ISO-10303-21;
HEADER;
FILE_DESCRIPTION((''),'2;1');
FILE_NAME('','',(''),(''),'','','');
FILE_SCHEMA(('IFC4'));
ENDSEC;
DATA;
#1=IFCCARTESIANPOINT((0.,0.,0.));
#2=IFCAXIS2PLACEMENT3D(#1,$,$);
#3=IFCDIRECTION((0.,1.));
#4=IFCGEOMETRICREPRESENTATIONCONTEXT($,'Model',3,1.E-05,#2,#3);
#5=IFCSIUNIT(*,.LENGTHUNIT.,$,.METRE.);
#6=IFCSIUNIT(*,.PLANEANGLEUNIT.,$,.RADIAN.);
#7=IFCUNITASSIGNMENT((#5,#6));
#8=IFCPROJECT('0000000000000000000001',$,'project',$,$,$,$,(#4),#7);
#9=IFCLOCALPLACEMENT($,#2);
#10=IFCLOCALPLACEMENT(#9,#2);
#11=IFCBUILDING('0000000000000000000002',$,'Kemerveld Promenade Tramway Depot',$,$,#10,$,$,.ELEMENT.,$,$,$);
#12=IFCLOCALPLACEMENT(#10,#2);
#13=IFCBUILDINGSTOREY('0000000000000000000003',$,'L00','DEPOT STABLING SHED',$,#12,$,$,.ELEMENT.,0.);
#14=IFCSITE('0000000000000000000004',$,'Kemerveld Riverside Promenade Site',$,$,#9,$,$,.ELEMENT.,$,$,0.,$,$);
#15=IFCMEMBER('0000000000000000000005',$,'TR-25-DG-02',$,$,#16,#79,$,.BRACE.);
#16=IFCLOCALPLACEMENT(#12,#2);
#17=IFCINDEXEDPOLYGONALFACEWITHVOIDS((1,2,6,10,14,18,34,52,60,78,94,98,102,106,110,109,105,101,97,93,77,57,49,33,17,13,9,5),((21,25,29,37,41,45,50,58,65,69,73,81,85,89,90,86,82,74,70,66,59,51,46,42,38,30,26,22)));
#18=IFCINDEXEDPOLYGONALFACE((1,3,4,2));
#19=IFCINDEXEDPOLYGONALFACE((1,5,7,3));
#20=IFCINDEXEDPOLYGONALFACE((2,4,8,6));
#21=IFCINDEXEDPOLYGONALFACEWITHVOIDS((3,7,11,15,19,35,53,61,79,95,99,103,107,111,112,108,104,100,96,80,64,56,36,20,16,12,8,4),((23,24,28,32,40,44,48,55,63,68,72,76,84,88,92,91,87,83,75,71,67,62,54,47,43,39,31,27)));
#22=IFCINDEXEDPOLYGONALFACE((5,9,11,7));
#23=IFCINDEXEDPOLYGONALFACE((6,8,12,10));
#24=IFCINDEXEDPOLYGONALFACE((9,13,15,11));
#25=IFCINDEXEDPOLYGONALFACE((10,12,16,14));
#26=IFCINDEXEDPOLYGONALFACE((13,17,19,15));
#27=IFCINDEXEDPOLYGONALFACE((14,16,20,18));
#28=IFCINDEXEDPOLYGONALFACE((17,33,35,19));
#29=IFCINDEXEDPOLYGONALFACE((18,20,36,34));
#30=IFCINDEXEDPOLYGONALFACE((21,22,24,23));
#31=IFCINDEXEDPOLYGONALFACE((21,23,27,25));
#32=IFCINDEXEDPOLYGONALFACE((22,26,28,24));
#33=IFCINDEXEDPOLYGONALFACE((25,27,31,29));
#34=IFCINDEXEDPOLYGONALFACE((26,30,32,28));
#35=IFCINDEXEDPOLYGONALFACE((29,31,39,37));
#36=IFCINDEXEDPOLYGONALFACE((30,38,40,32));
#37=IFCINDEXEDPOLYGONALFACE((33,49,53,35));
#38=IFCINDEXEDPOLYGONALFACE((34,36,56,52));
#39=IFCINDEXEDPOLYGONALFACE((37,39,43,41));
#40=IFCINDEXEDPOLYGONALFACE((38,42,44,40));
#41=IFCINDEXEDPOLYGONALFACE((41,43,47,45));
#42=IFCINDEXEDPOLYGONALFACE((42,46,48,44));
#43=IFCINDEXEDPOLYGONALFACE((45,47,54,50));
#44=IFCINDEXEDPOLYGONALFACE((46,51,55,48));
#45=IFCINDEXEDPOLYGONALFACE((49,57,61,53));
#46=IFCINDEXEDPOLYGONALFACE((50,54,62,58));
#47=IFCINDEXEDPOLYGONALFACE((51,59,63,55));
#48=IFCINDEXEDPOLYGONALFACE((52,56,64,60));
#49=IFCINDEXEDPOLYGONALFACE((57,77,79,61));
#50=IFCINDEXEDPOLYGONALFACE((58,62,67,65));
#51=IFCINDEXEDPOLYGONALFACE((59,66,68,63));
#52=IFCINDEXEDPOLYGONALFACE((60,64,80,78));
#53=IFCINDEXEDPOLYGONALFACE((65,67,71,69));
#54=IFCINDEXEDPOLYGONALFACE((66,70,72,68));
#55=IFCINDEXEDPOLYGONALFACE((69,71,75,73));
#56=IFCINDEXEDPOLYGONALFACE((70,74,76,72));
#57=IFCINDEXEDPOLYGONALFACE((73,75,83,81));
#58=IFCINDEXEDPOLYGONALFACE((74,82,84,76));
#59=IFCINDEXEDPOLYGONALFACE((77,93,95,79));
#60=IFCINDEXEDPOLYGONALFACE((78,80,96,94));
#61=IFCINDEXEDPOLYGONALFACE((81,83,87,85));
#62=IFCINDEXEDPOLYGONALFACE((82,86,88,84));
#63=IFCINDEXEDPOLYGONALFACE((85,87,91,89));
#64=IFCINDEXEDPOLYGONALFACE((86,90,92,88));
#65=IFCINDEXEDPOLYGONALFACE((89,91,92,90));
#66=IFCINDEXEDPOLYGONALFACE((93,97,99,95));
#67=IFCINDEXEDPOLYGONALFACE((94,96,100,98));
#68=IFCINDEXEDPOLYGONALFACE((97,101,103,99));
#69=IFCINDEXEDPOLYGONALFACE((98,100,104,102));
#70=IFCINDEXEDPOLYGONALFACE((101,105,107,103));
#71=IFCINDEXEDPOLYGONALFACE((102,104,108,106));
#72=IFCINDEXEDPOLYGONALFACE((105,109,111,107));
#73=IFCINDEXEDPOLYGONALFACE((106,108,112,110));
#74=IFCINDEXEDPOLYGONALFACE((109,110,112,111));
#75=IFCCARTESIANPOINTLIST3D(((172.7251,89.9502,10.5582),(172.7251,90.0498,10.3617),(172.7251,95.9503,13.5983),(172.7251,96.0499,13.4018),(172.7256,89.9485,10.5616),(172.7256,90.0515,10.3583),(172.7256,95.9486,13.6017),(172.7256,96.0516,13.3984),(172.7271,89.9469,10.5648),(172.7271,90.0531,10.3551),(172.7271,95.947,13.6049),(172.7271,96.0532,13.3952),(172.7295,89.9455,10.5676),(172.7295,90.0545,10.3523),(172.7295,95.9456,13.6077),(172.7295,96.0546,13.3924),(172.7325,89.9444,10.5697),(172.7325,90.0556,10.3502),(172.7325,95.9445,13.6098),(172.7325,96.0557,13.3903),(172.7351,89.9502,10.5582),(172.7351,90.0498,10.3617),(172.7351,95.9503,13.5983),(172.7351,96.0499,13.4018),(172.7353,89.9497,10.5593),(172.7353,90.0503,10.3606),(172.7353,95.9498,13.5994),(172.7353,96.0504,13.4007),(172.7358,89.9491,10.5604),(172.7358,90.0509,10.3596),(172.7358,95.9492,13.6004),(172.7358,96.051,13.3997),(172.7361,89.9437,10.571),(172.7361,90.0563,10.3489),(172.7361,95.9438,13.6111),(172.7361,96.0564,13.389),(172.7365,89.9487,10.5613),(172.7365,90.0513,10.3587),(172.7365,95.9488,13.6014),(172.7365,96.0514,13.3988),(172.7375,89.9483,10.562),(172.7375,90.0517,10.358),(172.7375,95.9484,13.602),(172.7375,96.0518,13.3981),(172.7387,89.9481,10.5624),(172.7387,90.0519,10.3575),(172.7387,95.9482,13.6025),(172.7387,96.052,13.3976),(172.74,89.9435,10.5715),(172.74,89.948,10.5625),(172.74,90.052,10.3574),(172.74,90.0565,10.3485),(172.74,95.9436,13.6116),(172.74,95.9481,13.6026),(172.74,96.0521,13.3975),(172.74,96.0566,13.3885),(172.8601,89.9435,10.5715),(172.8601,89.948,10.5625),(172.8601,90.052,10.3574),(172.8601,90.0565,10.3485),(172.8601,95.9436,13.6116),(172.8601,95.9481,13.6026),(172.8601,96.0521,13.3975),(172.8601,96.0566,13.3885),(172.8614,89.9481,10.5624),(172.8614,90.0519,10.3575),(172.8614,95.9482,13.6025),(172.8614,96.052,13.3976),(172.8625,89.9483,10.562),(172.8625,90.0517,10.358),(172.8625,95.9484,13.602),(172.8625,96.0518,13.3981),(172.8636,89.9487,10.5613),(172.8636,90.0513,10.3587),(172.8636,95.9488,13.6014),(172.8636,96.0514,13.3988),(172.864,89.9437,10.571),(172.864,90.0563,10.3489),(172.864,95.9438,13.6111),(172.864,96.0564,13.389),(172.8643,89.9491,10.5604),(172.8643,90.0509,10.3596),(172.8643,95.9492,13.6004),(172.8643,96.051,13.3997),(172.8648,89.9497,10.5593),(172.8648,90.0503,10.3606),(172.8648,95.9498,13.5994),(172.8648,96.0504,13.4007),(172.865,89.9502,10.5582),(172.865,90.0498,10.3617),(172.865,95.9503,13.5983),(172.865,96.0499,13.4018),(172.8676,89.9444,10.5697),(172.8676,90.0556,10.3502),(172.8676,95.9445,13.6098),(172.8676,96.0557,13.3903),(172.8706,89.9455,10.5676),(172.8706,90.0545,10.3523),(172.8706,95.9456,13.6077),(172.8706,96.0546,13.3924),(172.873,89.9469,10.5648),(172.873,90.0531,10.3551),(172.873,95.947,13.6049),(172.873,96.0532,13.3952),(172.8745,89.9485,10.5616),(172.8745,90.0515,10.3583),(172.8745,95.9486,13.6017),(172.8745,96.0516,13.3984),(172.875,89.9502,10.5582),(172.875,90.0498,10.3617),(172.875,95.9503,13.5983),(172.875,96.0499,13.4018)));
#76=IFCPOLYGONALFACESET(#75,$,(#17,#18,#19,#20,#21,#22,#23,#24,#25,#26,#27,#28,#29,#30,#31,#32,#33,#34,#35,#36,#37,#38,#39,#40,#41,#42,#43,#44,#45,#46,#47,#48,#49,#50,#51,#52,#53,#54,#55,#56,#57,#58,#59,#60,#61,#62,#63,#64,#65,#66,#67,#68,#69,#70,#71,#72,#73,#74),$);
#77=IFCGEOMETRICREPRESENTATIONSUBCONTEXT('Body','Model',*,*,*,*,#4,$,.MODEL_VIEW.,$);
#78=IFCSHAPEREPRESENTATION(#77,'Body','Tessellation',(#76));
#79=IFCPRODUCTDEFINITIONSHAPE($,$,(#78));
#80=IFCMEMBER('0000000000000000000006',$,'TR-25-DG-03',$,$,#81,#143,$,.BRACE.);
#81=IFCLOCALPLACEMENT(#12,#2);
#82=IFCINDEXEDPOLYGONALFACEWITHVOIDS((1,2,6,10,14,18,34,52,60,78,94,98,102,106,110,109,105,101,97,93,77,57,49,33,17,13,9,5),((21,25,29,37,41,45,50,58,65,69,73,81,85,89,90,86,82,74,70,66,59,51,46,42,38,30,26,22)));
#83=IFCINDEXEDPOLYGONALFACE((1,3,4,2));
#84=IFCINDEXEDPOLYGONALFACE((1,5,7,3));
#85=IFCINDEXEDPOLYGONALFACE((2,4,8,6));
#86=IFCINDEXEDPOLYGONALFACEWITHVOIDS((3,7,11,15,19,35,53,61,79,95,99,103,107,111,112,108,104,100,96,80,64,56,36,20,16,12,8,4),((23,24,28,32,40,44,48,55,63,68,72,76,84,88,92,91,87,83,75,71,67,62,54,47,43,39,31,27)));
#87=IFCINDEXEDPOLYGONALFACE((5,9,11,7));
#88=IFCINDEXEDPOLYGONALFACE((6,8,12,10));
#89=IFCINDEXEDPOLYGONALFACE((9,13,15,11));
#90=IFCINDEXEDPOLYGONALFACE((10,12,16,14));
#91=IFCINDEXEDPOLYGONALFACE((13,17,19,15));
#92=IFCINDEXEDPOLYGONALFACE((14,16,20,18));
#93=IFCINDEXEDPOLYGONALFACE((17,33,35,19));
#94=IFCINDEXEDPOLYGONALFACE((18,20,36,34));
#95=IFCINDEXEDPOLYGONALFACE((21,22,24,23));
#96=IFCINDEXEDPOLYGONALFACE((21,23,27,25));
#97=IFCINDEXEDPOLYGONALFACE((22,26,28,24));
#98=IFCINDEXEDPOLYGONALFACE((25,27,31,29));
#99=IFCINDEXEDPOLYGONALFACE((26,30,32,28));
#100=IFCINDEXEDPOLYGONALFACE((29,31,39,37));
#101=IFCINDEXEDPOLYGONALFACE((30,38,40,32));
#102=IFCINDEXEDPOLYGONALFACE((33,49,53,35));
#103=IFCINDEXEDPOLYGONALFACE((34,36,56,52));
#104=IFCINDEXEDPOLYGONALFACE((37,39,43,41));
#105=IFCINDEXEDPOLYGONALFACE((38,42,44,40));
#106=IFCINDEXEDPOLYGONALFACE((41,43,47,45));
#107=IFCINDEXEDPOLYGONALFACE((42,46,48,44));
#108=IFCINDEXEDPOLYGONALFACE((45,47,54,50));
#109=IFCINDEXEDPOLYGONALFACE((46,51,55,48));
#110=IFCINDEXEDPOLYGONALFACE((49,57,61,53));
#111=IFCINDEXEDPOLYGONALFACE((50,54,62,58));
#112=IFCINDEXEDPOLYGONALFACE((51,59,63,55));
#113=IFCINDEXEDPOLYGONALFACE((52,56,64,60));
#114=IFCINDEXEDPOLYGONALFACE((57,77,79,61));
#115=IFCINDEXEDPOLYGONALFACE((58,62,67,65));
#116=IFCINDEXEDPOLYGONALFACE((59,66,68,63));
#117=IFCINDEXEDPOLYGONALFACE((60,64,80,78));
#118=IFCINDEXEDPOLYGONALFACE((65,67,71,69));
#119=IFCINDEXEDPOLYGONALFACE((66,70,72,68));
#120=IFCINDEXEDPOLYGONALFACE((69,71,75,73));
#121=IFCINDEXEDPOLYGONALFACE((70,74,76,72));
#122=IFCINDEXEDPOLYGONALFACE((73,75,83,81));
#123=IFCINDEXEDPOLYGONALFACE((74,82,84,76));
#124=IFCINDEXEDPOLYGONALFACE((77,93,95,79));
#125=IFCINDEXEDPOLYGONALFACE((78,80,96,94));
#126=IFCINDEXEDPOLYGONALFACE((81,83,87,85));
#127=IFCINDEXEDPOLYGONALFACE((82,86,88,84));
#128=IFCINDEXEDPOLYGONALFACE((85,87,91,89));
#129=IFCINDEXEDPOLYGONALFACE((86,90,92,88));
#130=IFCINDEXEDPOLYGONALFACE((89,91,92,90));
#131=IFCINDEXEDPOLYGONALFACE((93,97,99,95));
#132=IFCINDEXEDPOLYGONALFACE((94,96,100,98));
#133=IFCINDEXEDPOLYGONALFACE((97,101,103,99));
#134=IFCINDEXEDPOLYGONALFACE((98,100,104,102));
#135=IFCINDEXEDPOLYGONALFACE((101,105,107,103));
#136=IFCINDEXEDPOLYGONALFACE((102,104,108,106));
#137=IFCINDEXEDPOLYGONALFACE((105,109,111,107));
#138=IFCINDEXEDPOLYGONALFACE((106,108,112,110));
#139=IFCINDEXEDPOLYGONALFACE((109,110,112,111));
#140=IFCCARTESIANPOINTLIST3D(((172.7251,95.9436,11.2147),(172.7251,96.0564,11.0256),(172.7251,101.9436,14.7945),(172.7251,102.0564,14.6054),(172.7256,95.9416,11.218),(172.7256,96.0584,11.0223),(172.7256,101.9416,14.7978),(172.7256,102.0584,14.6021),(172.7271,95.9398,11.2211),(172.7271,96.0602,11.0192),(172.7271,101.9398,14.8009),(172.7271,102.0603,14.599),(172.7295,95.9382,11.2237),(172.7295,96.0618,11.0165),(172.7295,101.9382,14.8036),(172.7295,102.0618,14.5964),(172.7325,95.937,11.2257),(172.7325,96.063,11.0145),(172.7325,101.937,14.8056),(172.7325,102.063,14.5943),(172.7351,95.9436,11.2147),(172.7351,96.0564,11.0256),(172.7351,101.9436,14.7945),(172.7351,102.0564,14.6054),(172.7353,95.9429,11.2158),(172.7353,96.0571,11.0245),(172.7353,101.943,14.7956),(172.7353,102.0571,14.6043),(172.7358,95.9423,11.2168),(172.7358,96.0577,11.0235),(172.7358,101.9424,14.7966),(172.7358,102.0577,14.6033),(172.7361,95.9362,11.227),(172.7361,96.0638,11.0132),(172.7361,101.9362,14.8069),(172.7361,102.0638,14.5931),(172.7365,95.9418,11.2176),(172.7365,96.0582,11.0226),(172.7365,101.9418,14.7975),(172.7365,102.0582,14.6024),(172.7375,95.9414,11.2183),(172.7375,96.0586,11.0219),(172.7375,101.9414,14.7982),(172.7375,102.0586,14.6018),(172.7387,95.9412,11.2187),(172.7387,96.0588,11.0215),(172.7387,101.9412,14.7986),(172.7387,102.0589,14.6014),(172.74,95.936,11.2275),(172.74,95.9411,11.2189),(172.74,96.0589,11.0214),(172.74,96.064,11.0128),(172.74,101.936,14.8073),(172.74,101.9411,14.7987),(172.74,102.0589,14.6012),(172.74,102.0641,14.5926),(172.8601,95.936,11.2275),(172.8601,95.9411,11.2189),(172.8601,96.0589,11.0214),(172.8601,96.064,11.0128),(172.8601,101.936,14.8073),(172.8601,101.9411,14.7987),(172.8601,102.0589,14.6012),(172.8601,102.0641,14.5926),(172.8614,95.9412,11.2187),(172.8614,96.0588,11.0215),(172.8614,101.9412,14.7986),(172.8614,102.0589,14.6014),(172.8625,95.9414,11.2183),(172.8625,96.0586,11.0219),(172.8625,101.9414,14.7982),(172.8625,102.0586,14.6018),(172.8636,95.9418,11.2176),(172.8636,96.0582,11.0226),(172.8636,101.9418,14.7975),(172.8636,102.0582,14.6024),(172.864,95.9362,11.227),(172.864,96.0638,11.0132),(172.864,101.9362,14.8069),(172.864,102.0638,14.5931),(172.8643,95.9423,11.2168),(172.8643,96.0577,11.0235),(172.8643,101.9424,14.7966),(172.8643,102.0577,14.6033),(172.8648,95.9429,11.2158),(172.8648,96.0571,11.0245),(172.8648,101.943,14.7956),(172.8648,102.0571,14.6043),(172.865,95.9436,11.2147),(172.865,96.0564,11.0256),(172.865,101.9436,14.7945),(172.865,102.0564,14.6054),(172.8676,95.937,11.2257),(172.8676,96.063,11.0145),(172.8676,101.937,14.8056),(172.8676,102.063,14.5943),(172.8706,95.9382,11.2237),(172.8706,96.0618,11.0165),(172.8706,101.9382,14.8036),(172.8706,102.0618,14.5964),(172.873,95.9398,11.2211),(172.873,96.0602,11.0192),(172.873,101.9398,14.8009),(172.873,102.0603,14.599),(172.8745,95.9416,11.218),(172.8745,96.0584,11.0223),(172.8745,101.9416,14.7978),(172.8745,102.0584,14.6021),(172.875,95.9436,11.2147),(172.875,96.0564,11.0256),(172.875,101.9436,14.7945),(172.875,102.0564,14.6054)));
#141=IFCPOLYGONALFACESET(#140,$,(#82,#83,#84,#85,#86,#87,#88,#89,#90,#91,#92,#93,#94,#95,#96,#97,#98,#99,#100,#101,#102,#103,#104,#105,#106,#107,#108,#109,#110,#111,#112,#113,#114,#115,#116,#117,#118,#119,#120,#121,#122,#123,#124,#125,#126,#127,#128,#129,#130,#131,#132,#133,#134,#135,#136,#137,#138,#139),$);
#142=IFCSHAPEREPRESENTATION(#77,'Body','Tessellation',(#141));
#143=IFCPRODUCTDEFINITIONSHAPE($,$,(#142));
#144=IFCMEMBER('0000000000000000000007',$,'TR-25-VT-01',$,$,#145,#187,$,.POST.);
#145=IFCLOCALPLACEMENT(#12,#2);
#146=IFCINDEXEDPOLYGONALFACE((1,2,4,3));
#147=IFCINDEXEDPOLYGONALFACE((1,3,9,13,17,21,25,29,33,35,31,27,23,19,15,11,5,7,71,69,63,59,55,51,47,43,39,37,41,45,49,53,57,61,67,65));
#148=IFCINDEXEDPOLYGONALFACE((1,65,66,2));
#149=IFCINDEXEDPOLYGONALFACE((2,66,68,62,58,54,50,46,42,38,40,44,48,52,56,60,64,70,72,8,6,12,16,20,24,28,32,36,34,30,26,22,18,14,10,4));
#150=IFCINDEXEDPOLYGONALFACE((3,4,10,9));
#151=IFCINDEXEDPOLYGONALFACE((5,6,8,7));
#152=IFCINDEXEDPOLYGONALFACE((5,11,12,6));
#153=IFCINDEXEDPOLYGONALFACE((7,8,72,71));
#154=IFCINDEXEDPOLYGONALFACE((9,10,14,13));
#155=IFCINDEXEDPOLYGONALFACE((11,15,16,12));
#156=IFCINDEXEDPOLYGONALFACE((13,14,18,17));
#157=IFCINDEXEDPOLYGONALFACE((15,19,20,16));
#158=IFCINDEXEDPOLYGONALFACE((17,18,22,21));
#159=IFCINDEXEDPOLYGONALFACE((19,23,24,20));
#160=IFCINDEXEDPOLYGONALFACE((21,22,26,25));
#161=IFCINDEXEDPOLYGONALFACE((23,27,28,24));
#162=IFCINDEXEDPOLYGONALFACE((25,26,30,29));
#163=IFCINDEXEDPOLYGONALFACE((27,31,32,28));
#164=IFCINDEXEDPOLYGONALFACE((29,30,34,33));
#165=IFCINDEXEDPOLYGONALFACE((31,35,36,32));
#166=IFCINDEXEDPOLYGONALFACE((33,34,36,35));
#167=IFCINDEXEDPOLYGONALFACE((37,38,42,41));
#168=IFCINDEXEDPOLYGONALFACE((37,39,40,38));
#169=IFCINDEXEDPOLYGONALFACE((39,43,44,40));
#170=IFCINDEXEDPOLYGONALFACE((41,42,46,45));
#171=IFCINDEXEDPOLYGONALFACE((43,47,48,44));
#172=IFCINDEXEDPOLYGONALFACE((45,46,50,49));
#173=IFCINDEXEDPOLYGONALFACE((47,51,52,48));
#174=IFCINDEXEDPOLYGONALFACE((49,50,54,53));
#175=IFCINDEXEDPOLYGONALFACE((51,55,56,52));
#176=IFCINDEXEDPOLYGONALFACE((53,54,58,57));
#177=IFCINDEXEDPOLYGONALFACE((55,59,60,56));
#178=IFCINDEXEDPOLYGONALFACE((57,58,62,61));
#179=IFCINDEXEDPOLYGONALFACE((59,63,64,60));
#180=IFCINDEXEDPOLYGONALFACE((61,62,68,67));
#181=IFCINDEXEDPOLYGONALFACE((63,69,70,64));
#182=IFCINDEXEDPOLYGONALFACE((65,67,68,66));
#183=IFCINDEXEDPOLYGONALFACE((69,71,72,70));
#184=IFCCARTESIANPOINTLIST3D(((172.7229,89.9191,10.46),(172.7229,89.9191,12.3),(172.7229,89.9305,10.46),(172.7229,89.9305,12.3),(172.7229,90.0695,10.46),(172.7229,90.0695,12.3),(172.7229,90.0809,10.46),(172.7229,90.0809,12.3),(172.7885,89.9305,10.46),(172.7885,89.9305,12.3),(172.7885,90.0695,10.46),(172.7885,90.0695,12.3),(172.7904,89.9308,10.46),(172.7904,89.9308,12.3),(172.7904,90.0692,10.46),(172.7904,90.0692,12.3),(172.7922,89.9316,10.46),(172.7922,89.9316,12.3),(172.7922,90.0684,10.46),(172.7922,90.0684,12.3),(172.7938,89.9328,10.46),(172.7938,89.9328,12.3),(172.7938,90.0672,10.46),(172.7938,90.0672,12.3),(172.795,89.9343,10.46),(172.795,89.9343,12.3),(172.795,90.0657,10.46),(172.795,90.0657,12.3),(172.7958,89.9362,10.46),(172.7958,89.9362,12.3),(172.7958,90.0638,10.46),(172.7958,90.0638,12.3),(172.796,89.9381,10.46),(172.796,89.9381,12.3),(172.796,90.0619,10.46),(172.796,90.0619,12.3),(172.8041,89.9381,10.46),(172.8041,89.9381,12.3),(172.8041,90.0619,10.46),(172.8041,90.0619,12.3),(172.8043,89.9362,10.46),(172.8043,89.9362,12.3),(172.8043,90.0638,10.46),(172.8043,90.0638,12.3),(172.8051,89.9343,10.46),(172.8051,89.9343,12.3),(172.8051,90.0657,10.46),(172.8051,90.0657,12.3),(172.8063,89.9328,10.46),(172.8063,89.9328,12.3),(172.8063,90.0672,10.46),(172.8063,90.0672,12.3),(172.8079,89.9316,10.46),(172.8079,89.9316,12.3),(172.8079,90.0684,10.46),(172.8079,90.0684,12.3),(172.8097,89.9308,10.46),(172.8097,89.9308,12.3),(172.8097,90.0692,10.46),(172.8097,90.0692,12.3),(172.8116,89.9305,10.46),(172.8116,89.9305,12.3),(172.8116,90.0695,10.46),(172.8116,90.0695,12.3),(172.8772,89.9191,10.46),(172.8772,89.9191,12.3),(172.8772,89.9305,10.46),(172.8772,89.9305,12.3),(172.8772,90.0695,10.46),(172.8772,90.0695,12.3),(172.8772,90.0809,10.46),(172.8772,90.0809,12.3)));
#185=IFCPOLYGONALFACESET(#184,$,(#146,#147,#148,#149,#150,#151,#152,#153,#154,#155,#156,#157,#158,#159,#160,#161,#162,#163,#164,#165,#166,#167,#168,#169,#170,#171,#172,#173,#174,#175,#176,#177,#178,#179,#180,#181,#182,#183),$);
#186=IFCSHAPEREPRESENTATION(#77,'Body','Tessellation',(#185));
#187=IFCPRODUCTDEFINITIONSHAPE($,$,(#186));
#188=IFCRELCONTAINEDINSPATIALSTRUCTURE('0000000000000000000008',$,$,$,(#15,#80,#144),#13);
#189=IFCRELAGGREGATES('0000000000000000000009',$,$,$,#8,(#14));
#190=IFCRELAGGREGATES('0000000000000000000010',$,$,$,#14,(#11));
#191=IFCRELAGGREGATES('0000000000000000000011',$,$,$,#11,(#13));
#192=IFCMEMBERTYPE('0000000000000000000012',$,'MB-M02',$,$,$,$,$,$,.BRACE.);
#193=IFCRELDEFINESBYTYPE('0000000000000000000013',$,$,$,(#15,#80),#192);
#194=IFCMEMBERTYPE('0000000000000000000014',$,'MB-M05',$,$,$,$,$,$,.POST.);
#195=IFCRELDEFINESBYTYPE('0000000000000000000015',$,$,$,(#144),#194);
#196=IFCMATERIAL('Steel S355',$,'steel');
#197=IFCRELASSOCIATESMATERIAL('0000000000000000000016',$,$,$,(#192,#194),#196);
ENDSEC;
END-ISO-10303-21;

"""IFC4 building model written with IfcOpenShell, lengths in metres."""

from ifc_helpers import new_model, si_unit, direction, frame, origin, origin_2d, place, context, subcontext, project, spatial, hollow_rectangle, i_section, extrude, material, material_profile, profile_set, type_object, element, save


model = new_model("IFC4")

# Units and contexts
model_context = context("Model", 3, precision=1e-05, world=origin(), true_north=direction((0.0, 1.0)))
body_context = subcontext(model_context, "Body", "Model", "MODEL_VIEW")
ifc_project = project(units=[si_unit("LENGTHUNIT", "METRE"), si_unit("PLANEANGLEUNIT", "RADIAN")], contexts=[model_context])

# Site, building, storey
site_placement = place(None, origin())
site = spatial("IfcSite", under=ifc_project, at=site_placement, Name="Kemerveld Riverside Promenade Site", CompositionType="ELEMENT", RefElevation=0.0)
building_placement = place(site_placement, origin())
building = spatial("IfcBuilding", under=site, at=building_placement, Name="Kemerveld Promenade Tramway Depot", CompositionType="ELEMENT")
storey_placement = place(building_placement, origin())
storey = spatial("IfcBuildingStorey", under=building, at=storey_placement, Name="L00", Description="DEPOT STABLING SHED", CompositionType="ELEMENT", Elevation=0.0)

# Members
ifc_material_1 = material(Name="Steel S355", Category="steel")
ifc_material_profile_1 = material_profile(ifc_material_1, hollow_rectangle(XDim=0.1499, YDim=0.25, WallThickness=0.01, InnerFilletRadius=0.0049, OuterFilletRadius=0.0149, at=origin_2d()), Name="250x150x10.0 RHS")
ifc_profile_set_1 = profile_set([ifc_material_profile_1], Name="Steel S355")
member_type_1 = type_object("IfcMemberType", Name="MB-M02", PredefinedType="BRACE", material=ifc_profile_set_1)
member_1_placement = place(storey_placement, frame((172.8, 90.0, 10.46), z_axis=(0.0, 0.892033, 0.451969), x_axis=(-1.0, 0.0, 0.0)))
element("IfcMember", 1, at=member_1_placement, inside=storey, type_object=member_type_1, Name="TR-25-DG-02", PredefinedType="BRACE", context=body_context, shape_type="SweptSolid", body=[
    extrude(hollow_rectangle(XDim=0.1499, YDim=0.25, WallThickness=0.01, InnerFilletRadius=0.0049, OuterFilletRadius=0.0149, at=origin_2d()), origin(), (0.0, 0.0, 1.0), 6.7263),
])
member_2_placement = place(storey_placement, frame((172.8, 96.0, 11.1201), z_axis=(0.0, 0.858764, 0.512372), x_axis=(-1.0, 0.0, 0.0)))
element("IfcMember", 2, at=member_2_placement, inside=storey, type_object=member_type_1, Name="TR-25-DG-03", PredefinedType="BRACE", context=body_context, shape_type="SweptSolid", body=[
    extrude(hollow_rectangle(XDim=0.1499, YDim=0.25, WallThickness=0.01, InnerFilletRadius=0.0049, OuterFilletRadius=0.0149, at=origin_2d()), origin(), (0.0, 0.0, 1.0), 6.9868),
])
ifc_material_profile_2 = material_profile(ifc_material_1, i_section(OverallWidth=0.1543, OverallDepth=0.1619, WebThickness=0.0081, FlangeThickness=0.0115, FilletRadius=0.0076, at=origin_2d()), Name="152x152x37 UC")
ifc_profile_set_2 = profile_set([ifc_material_profile_2], Name="Steel S355")
member_type_2 = type_object("IfcMemberType", Name="MB-M05", PredefinedType="POST", material=ifc_profile_set_2)
member_3_placement = place(storey_placement, frame((172.8, 90.0, 10.46), z_axis=(0.0, 0.0, 1.0), x_axis=(1.0, 0.0, 0.0)))
element("IfcMember", 3, at=member_3_placement, inside=storey, type_object=member_type_2, Name="TR-25-VT-01", PredefinedType="POST", context=body_context, shape_type="SweptSolid", body=[
    extrude(i_section(OverallWidth=0.1543, OverallDepth=0.1619, WebThickness=0.0081, FlangeThickness=0.0115, FilletRadius=0.0076, at=origin_2d()), origin(), (0.0, 0.0, 1.0), 1.8401),
])

save(model, "model.ifc")
